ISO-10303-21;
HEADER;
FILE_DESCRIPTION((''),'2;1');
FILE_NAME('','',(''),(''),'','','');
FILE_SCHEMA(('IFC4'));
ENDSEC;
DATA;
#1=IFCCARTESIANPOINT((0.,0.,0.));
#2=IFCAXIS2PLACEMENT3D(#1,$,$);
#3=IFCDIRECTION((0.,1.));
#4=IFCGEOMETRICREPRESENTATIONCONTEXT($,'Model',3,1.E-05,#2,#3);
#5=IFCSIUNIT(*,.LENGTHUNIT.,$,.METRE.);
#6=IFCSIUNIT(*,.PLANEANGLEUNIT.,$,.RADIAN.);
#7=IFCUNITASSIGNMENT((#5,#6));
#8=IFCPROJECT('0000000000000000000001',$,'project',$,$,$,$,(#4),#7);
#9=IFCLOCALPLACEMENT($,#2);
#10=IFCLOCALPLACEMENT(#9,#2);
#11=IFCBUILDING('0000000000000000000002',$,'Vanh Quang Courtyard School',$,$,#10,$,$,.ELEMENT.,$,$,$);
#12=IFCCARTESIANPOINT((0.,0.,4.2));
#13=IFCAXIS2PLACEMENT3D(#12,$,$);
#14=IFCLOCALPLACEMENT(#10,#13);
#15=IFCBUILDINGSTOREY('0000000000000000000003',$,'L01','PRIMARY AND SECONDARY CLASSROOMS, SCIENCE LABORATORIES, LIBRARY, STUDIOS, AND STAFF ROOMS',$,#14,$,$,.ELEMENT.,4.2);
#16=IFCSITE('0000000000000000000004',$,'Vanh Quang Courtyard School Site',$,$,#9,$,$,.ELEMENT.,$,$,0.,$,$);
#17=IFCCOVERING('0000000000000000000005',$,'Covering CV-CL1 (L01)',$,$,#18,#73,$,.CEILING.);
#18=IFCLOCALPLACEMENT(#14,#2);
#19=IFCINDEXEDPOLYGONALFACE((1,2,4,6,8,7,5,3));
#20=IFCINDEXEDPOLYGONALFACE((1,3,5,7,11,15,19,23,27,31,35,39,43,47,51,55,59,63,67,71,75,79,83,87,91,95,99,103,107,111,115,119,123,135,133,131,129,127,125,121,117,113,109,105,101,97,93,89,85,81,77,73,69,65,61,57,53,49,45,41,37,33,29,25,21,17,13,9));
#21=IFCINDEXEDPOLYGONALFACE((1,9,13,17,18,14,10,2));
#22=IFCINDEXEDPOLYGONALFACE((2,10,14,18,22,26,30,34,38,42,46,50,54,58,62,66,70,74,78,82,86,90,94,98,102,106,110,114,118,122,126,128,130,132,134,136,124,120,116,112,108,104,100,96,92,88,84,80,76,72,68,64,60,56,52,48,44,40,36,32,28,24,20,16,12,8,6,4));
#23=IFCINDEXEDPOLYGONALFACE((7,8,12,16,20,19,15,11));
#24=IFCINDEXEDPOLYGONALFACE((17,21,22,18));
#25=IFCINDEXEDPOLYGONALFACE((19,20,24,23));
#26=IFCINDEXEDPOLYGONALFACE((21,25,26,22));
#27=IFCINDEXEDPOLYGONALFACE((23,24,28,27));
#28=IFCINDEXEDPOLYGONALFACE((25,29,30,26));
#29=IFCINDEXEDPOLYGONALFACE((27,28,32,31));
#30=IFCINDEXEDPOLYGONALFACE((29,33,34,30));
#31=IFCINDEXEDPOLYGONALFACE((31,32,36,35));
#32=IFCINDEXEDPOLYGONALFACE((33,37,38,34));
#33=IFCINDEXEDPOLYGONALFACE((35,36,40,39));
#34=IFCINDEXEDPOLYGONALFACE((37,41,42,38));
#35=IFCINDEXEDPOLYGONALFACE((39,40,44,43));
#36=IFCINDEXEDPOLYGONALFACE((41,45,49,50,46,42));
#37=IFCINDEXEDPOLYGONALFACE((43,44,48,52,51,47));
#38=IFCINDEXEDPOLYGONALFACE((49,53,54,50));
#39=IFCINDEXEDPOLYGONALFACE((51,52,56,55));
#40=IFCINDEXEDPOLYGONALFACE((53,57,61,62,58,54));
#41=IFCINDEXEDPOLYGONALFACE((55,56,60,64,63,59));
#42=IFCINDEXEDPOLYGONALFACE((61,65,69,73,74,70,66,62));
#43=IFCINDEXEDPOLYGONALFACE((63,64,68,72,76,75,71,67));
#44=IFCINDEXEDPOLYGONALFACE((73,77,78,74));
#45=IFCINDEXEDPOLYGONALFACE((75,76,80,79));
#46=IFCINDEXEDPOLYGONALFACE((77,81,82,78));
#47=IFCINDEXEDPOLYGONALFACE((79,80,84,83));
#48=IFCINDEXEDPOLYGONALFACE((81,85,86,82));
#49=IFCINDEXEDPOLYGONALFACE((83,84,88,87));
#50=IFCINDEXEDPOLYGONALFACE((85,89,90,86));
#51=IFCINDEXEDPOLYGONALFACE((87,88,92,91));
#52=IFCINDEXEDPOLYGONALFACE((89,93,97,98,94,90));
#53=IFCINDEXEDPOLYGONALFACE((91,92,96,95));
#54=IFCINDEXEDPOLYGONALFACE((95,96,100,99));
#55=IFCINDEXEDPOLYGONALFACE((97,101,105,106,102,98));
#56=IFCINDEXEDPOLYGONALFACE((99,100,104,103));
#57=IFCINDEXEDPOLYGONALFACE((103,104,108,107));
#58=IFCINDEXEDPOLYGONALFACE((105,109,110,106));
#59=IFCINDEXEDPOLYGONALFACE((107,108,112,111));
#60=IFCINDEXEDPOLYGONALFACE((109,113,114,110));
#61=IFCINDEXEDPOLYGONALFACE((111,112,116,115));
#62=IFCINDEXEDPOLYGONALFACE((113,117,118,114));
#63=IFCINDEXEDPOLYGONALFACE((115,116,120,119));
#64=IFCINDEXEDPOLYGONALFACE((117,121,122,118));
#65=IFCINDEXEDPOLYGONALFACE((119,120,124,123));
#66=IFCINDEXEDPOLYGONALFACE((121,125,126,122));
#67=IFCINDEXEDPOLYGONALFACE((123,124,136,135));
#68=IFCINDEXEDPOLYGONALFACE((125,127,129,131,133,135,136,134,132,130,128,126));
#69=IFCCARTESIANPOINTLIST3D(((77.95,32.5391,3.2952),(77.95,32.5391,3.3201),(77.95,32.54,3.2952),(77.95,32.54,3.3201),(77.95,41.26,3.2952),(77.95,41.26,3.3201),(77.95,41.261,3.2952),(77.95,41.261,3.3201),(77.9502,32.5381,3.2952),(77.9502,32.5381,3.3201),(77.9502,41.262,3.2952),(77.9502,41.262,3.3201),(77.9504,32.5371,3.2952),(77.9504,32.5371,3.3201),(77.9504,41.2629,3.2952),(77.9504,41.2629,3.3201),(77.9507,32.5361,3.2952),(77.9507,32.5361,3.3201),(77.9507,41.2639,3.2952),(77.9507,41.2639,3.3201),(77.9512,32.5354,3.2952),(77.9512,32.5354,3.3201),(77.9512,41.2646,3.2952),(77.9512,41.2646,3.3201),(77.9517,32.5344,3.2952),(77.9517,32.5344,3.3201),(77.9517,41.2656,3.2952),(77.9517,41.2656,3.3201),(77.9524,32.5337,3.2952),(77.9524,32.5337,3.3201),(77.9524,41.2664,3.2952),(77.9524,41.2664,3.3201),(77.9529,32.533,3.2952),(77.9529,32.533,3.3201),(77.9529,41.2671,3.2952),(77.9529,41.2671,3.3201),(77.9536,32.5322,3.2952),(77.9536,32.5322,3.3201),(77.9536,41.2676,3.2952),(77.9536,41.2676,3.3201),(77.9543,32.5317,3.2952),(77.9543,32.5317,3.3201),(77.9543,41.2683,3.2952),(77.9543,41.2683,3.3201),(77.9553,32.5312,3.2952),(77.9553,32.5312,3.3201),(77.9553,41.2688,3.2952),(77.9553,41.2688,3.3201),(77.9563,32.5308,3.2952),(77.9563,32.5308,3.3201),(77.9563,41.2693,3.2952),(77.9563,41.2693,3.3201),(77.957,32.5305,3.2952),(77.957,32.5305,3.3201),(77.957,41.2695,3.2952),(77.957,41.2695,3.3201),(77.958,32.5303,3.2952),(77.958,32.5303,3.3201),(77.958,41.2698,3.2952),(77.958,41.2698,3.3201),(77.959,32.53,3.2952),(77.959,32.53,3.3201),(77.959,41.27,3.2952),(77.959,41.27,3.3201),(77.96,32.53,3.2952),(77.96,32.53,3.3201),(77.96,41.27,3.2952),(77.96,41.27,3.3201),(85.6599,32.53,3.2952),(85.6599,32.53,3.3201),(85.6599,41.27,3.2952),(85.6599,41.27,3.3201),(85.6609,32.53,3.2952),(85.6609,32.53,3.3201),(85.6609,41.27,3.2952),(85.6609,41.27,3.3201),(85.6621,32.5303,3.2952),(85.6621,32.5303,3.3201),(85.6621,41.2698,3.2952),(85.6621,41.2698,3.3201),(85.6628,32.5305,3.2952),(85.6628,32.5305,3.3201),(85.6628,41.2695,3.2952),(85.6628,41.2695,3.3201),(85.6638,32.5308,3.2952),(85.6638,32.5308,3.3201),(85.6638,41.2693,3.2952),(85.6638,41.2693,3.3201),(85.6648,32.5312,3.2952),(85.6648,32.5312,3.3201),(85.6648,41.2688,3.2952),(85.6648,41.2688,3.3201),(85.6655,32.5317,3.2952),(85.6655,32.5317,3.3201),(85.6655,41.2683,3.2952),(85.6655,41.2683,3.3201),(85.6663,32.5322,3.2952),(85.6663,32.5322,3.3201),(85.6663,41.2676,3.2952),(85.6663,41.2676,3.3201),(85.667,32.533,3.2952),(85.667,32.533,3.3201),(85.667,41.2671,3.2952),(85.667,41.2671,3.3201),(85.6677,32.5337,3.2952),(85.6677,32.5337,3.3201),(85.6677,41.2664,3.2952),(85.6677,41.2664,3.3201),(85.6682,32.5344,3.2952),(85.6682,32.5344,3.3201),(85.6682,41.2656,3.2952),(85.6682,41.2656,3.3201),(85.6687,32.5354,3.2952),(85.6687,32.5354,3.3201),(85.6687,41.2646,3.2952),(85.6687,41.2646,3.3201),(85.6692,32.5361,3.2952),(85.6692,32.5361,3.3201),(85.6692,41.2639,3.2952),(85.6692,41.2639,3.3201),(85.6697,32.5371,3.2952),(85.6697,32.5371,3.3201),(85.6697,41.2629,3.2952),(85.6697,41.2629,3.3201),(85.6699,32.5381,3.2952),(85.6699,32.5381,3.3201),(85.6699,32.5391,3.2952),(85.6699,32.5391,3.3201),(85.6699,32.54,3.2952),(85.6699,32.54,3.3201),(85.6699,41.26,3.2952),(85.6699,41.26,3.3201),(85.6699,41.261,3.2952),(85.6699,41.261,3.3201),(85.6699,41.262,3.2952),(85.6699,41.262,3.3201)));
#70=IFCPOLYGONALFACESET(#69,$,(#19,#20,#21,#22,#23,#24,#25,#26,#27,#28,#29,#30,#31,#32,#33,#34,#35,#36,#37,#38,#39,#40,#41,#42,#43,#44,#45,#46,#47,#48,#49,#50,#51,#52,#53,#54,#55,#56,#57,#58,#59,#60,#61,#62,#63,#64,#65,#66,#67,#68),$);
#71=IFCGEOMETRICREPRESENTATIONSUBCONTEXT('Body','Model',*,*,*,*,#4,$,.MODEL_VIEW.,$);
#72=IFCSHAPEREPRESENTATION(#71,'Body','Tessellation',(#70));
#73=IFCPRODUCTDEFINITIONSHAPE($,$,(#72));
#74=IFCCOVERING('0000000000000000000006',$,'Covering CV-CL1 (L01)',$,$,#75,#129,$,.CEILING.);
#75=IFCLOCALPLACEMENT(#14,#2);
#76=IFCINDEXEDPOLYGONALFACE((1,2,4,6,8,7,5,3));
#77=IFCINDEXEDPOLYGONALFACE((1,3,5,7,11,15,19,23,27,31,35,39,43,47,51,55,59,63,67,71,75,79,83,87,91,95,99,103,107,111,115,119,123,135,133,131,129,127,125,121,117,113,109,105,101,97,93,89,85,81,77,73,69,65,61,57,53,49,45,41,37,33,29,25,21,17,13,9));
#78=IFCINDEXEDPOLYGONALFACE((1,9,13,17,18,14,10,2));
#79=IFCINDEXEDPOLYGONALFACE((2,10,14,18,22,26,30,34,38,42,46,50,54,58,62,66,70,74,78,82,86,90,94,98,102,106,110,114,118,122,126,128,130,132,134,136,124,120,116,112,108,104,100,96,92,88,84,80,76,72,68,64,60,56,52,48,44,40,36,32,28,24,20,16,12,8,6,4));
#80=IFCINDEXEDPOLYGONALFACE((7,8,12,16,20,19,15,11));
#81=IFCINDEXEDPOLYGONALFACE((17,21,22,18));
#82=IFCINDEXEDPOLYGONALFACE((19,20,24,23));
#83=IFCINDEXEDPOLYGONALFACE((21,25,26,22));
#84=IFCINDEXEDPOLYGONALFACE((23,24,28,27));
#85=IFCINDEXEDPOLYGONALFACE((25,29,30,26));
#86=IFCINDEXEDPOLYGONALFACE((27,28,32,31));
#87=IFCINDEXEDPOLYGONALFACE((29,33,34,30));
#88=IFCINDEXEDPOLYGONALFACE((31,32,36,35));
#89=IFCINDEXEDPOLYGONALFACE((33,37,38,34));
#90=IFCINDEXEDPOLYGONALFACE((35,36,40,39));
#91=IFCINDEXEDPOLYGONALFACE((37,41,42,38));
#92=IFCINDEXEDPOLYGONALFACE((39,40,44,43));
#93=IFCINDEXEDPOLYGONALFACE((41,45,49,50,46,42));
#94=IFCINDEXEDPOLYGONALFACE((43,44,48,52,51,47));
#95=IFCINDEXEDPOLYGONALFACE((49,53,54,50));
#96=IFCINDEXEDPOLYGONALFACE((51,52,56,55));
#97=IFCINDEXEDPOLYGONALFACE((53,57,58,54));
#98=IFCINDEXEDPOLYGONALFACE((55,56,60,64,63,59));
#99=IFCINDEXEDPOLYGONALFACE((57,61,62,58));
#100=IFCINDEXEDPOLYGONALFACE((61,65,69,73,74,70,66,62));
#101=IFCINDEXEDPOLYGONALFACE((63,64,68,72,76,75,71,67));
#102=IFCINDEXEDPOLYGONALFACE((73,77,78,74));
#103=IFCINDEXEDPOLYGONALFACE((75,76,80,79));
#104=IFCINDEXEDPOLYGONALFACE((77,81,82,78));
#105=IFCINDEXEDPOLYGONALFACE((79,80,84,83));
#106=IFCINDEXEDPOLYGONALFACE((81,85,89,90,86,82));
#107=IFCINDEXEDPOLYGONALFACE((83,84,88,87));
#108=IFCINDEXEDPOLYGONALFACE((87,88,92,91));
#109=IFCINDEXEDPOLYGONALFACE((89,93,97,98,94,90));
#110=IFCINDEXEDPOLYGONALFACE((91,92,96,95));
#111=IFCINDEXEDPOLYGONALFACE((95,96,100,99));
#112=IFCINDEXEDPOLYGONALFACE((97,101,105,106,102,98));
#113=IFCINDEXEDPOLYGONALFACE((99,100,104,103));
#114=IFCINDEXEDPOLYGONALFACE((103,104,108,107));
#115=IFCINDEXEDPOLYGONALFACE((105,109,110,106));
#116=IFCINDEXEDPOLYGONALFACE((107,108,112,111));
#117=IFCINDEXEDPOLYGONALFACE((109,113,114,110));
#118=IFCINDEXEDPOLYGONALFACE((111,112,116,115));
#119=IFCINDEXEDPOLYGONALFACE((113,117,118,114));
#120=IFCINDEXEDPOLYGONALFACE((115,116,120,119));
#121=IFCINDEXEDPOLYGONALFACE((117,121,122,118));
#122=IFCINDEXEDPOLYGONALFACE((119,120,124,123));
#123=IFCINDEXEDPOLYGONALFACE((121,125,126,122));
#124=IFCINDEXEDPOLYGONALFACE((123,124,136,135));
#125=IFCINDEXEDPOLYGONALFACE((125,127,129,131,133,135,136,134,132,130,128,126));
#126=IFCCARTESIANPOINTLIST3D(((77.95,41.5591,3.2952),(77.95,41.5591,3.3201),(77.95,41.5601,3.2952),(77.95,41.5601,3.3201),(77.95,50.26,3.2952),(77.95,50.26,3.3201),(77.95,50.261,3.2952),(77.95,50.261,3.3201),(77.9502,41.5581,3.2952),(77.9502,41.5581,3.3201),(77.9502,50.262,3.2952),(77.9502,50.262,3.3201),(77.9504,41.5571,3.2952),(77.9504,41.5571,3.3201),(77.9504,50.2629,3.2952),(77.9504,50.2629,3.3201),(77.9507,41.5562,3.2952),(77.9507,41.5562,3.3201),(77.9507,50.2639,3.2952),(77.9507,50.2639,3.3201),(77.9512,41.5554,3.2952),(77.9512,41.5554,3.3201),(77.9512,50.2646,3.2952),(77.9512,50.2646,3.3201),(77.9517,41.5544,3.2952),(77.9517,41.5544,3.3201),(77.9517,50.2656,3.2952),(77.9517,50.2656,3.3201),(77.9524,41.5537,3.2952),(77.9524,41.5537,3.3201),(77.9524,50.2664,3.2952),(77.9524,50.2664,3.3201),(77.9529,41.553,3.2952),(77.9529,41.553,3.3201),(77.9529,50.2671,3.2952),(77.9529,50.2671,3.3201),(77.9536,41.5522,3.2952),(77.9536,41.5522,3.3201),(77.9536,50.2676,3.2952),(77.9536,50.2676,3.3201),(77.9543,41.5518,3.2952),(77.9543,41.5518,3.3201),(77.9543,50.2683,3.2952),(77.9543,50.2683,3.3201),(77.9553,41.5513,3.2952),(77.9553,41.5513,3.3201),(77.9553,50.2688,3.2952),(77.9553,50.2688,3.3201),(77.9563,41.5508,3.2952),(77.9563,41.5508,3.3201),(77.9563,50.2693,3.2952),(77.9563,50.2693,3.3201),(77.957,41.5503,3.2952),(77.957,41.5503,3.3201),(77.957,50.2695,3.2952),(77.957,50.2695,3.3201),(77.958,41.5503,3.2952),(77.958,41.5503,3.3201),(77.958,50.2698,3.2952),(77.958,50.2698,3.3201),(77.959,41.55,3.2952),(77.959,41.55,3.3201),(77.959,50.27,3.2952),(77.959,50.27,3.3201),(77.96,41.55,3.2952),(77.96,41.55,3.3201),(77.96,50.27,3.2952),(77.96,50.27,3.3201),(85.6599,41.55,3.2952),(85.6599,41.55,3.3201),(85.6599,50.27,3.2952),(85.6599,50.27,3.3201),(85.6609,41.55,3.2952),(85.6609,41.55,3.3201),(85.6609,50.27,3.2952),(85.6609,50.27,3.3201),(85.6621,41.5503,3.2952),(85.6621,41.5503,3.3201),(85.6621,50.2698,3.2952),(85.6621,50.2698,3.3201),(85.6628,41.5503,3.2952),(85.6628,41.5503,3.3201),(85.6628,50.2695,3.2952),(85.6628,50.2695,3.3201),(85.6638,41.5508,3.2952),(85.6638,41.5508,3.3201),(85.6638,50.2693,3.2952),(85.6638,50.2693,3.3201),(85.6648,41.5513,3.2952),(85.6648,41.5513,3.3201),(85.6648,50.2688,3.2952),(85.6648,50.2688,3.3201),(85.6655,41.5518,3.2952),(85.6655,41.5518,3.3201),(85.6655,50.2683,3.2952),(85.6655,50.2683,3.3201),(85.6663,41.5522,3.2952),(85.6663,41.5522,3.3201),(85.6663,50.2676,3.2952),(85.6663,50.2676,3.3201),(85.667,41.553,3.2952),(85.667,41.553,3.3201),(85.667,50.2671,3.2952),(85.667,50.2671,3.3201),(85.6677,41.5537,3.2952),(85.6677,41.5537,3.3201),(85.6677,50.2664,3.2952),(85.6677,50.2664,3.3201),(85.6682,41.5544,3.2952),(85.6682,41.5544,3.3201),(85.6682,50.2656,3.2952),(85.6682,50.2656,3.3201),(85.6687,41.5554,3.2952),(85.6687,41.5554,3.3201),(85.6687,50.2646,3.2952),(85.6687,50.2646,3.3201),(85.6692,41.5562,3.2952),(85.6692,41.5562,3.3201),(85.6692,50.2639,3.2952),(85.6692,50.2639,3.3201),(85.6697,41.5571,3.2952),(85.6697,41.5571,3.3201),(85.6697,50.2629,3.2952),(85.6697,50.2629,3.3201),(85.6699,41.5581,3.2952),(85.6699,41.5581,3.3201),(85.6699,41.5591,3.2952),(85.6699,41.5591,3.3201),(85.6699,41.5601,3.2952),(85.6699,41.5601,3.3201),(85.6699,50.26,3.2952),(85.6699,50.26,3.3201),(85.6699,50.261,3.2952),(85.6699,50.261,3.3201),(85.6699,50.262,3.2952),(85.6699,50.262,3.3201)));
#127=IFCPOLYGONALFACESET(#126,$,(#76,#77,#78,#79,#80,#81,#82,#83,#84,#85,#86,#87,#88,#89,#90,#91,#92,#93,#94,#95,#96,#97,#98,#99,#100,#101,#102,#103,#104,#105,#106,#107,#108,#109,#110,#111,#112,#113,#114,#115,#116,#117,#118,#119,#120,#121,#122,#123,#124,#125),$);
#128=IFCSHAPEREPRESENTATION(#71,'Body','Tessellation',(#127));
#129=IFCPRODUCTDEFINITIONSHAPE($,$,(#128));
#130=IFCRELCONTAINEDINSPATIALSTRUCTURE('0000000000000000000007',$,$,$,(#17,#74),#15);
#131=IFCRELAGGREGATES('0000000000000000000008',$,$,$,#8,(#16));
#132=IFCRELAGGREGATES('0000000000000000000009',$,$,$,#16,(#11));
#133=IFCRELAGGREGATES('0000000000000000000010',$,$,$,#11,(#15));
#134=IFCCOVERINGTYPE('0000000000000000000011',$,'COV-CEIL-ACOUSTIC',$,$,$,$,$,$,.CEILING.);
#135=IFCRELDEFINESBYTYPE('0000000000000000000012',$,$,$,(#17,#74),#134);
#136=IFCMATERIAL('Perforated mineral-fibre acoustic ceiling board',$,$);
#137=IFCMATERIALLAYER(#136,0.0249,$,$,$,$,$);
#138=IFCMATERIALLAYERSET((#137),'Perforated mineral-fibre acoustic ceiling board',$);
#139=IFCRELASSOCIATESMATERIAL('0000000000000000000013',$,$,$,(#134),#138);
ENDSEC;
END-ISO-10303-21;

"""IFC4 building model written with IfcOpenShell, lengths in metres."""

from ifc_helpers import new_model, si_unit, direction, frame, origin, place, context, subcontext, project, spatial, polyline, outline, extrude, material, layer, layer_set, type_object, element, save


model = new_model("IFC4")

# Units and contexts
model_context = context("Model", 3, precision=1e-05, world=origin(), true_north=direction((0.0, 1.0)))
body_context = subcontext(model_context, "Body", "Model", "MODEL_VIEW")
ifc_project = project(units=[si_unit("LENGTHUNIT", "METRE"), si_unit("PLANEANGLEUNIT", "RADIAN")], contexts=[model_context])

# Site, building, storey
site_placement = place(None, origin())
site = spatial("IfcSite", under=ifc_project, at=site_placement, Name="Vanh Quang Courtyard School Site", CompositionType="ELEMENT", RefElevation=0.0)
building_placement = place(site_placement, origin())
building = spatial("IfcBuilding", under=site, at=building_placement, Name="Vanh Quang Courtyard School", CompositionType="ELEMENT")
storey_placement = place(building_placement, frame((0.0, 0.0, 4.2)))
storey = spatial("IfcBuildingStorey", under=building, at=storey_placement, Name="L01", Description="PRIMARY AND SECONDARY CLASSROOMS, SCIENCE LABORATORIES, LIBRARY, STUDIOS, AND STAFF ROOMS", CompositionType="ELEMENT", Elevation=4.2)

# Coverings
ifc_material_1 = material(Name="Perforated mineral-fibre acoustic ceiling board")
ifc_layer_1 = layer(ifc_material_1, 0.0249)
ifc_layer_set_1 = layer_set([ifc_layer_1], Name="Perforated mineral-fibre acoustic ceiling board")
covering_type_1 = type_object("IfcCoveringType", Name="COV-CEIL-ACOUSTIC", PredefinedType="CEILING", material=ifc_layer_set_1)
covering_1_placement = place(storey_placement, frame((0.0, 0.0, 3.2952)))
element("IfcCovering", 1, at=covering_1_placement, inside=storey, type_object=covering_type_1, Name="Covering CV-CL1 (L01)", PredefinedType="CEILING", context=body_context, shape_type="SweptSolid", body=[
    extrude(outline(polyline([(85.6599, 41.27), (85.6609, 41.27), (85.6621, 41.2698), (85.6628, 41.2695), (85.6638, 41.2693), (85.6648, 41.2688), (85.6655, 41.2683), (85.6663, 41.2676), (85.667, 41.2671), (85.6677, 41.2664), (85.6682, 41.2656), (85.6687, 41.2646), (85.6692, 41.2639), (85.6697, 41.2629), (85.6699, 41.262), (85.6699, 41.261), (85.6699, 41.26), (85.6699, 32.54), (85.6699, 32.5391), (85.6699, 32.5381), (85.6697, 32.5371), (85.6692, 32.5361), (85.6687, 32.5354), (85.6682, 32.5344), (85.6677, 32.5337), (85.667, 32.533), (85.6663, 32.5322), (85.6655, 32.5317), (85.6648, 32.5312), (85.6638, 32.5308), (85.6628, 32.5305), (85.6621, 32.5303), (85.6609, 32.53), (85.6599, 32.53), (77.96, 32.53), (77.959, 32.53), (77.958, 32.5303), (77.957, 32.5305), (77.9563, 32.5308), (77.9553, 32.5312), (77.9543, 32.5317), (77.9536, 32.5322), (77.9529, 32.533), (77.9524, 32.5337), (77.9517, 32.5344), (77.9512, 32.5354), (77.9507, 32.5361), (77.9504, 32.5371), (77.9502, 32.5381), (77.95, 32.5391), (77.95, 32.54), (77.95, 41.26), (77.95, 41.261), (77.9502, 41.262), (77.9504, 41.2629), (77.9507, 41.2639), (77.9512, 41.2646), (77.9517, 41.2656), (77.9524, 41.2664), (77.9529, 41.2671), (77.9536, 41.2676), (77.9543, 41.2683), (77.9553, 41.2688), (77.9563, 41.2693), (77.957, 41.2695), (77.958, 41.2698), (77.959, 41.27), (77.96, 41.27), (85.6599, 41.27)])), origin(), (0.0, 0.0, 1.0), 0.0249),
])
covering_2_placement = place(storey_placement, frame((0.0, 0.0, 3.2952)))
element("IfcCovering", 2, at=covering_2_placement, inside=storey, type_object=covering_type_1, Name="Covering CV-CL1 (L01)", PredefinedType="CEILING", context=body_context, shape_type="SweptSolid", body=[
    extrude(outline(polyline([(77.96, 41.55), (77.959, 41.55), (77.958, 41.5503), (77.957, 41.5503), (77.9563, 41.5508), (77.9553, 41.5513), (77.9543, 41.5518), (77.9536, 41.5522), (77.9529, 41.553), (77.9524, 41.5537), (77.9517, 41.5544), (77.9512, 41.5554), (77.9507, 41.5562), (77.9504, 41.5571), (77.9502, 41.5581), (77.95, 41.5591), (77.95, 41.5601), (77.95, 50.26), (77.95, 50.261), (77.9502, 50.262), (77.9504, 50.2629), (77.9507, 50.2639), (77.9512, 50.2646), (77.9517, 50.2656), (77.9524, 50.2664), (77.9529, 50.2671), (77.9536, 50.2676), (77.9543, 50.2683), (77.9553, 50.2688), (77.9563, 50.2693), (77.957, 50.2695), (77.958, 50.2698), (77.959, 50.27), (77.96, 50.27), (85.6599, 50.27), (85.6609, 50.27), (85.6621, 50.2698), (85.6628, 50.2695), (85.6638, 50.2693), (85.6648, 50.2688), (85.6655, 50.2683), (85.6663, 50.2676), (85.667, 50.2671), (85.6677, 50.2664), (85.6682, 50.2656), (85.6687, 50.2646), (85.6692, 50.2639), (85.6697, 50.2629), (85.6699, 50.262), (85.6699, 50.261), (85.6699, 50.26), (85.6699, 41.5601), (85.6699, 41.5591), (85.6699, 41.5581), (85.6697, 41.5571), (85.6692, 41.5562), (85.6687, 41.5554), (85.6682, 41.5544), (85.6677, 41.5537), (85.667, 41.553), (85.6663, 41.5522), (85.6655, 41.5518), (85.6648, 41.5513), (85.6638, 41.5508), (85.6628, 41.5503), (85.6621, 41.5503), (85.6609, 41.55), (85.6599, 41.55), (77.96, 41.55)])), origin(), (0.0, 0.0, 1.0), 0.0249),
])

save(model, "model.ifc")
